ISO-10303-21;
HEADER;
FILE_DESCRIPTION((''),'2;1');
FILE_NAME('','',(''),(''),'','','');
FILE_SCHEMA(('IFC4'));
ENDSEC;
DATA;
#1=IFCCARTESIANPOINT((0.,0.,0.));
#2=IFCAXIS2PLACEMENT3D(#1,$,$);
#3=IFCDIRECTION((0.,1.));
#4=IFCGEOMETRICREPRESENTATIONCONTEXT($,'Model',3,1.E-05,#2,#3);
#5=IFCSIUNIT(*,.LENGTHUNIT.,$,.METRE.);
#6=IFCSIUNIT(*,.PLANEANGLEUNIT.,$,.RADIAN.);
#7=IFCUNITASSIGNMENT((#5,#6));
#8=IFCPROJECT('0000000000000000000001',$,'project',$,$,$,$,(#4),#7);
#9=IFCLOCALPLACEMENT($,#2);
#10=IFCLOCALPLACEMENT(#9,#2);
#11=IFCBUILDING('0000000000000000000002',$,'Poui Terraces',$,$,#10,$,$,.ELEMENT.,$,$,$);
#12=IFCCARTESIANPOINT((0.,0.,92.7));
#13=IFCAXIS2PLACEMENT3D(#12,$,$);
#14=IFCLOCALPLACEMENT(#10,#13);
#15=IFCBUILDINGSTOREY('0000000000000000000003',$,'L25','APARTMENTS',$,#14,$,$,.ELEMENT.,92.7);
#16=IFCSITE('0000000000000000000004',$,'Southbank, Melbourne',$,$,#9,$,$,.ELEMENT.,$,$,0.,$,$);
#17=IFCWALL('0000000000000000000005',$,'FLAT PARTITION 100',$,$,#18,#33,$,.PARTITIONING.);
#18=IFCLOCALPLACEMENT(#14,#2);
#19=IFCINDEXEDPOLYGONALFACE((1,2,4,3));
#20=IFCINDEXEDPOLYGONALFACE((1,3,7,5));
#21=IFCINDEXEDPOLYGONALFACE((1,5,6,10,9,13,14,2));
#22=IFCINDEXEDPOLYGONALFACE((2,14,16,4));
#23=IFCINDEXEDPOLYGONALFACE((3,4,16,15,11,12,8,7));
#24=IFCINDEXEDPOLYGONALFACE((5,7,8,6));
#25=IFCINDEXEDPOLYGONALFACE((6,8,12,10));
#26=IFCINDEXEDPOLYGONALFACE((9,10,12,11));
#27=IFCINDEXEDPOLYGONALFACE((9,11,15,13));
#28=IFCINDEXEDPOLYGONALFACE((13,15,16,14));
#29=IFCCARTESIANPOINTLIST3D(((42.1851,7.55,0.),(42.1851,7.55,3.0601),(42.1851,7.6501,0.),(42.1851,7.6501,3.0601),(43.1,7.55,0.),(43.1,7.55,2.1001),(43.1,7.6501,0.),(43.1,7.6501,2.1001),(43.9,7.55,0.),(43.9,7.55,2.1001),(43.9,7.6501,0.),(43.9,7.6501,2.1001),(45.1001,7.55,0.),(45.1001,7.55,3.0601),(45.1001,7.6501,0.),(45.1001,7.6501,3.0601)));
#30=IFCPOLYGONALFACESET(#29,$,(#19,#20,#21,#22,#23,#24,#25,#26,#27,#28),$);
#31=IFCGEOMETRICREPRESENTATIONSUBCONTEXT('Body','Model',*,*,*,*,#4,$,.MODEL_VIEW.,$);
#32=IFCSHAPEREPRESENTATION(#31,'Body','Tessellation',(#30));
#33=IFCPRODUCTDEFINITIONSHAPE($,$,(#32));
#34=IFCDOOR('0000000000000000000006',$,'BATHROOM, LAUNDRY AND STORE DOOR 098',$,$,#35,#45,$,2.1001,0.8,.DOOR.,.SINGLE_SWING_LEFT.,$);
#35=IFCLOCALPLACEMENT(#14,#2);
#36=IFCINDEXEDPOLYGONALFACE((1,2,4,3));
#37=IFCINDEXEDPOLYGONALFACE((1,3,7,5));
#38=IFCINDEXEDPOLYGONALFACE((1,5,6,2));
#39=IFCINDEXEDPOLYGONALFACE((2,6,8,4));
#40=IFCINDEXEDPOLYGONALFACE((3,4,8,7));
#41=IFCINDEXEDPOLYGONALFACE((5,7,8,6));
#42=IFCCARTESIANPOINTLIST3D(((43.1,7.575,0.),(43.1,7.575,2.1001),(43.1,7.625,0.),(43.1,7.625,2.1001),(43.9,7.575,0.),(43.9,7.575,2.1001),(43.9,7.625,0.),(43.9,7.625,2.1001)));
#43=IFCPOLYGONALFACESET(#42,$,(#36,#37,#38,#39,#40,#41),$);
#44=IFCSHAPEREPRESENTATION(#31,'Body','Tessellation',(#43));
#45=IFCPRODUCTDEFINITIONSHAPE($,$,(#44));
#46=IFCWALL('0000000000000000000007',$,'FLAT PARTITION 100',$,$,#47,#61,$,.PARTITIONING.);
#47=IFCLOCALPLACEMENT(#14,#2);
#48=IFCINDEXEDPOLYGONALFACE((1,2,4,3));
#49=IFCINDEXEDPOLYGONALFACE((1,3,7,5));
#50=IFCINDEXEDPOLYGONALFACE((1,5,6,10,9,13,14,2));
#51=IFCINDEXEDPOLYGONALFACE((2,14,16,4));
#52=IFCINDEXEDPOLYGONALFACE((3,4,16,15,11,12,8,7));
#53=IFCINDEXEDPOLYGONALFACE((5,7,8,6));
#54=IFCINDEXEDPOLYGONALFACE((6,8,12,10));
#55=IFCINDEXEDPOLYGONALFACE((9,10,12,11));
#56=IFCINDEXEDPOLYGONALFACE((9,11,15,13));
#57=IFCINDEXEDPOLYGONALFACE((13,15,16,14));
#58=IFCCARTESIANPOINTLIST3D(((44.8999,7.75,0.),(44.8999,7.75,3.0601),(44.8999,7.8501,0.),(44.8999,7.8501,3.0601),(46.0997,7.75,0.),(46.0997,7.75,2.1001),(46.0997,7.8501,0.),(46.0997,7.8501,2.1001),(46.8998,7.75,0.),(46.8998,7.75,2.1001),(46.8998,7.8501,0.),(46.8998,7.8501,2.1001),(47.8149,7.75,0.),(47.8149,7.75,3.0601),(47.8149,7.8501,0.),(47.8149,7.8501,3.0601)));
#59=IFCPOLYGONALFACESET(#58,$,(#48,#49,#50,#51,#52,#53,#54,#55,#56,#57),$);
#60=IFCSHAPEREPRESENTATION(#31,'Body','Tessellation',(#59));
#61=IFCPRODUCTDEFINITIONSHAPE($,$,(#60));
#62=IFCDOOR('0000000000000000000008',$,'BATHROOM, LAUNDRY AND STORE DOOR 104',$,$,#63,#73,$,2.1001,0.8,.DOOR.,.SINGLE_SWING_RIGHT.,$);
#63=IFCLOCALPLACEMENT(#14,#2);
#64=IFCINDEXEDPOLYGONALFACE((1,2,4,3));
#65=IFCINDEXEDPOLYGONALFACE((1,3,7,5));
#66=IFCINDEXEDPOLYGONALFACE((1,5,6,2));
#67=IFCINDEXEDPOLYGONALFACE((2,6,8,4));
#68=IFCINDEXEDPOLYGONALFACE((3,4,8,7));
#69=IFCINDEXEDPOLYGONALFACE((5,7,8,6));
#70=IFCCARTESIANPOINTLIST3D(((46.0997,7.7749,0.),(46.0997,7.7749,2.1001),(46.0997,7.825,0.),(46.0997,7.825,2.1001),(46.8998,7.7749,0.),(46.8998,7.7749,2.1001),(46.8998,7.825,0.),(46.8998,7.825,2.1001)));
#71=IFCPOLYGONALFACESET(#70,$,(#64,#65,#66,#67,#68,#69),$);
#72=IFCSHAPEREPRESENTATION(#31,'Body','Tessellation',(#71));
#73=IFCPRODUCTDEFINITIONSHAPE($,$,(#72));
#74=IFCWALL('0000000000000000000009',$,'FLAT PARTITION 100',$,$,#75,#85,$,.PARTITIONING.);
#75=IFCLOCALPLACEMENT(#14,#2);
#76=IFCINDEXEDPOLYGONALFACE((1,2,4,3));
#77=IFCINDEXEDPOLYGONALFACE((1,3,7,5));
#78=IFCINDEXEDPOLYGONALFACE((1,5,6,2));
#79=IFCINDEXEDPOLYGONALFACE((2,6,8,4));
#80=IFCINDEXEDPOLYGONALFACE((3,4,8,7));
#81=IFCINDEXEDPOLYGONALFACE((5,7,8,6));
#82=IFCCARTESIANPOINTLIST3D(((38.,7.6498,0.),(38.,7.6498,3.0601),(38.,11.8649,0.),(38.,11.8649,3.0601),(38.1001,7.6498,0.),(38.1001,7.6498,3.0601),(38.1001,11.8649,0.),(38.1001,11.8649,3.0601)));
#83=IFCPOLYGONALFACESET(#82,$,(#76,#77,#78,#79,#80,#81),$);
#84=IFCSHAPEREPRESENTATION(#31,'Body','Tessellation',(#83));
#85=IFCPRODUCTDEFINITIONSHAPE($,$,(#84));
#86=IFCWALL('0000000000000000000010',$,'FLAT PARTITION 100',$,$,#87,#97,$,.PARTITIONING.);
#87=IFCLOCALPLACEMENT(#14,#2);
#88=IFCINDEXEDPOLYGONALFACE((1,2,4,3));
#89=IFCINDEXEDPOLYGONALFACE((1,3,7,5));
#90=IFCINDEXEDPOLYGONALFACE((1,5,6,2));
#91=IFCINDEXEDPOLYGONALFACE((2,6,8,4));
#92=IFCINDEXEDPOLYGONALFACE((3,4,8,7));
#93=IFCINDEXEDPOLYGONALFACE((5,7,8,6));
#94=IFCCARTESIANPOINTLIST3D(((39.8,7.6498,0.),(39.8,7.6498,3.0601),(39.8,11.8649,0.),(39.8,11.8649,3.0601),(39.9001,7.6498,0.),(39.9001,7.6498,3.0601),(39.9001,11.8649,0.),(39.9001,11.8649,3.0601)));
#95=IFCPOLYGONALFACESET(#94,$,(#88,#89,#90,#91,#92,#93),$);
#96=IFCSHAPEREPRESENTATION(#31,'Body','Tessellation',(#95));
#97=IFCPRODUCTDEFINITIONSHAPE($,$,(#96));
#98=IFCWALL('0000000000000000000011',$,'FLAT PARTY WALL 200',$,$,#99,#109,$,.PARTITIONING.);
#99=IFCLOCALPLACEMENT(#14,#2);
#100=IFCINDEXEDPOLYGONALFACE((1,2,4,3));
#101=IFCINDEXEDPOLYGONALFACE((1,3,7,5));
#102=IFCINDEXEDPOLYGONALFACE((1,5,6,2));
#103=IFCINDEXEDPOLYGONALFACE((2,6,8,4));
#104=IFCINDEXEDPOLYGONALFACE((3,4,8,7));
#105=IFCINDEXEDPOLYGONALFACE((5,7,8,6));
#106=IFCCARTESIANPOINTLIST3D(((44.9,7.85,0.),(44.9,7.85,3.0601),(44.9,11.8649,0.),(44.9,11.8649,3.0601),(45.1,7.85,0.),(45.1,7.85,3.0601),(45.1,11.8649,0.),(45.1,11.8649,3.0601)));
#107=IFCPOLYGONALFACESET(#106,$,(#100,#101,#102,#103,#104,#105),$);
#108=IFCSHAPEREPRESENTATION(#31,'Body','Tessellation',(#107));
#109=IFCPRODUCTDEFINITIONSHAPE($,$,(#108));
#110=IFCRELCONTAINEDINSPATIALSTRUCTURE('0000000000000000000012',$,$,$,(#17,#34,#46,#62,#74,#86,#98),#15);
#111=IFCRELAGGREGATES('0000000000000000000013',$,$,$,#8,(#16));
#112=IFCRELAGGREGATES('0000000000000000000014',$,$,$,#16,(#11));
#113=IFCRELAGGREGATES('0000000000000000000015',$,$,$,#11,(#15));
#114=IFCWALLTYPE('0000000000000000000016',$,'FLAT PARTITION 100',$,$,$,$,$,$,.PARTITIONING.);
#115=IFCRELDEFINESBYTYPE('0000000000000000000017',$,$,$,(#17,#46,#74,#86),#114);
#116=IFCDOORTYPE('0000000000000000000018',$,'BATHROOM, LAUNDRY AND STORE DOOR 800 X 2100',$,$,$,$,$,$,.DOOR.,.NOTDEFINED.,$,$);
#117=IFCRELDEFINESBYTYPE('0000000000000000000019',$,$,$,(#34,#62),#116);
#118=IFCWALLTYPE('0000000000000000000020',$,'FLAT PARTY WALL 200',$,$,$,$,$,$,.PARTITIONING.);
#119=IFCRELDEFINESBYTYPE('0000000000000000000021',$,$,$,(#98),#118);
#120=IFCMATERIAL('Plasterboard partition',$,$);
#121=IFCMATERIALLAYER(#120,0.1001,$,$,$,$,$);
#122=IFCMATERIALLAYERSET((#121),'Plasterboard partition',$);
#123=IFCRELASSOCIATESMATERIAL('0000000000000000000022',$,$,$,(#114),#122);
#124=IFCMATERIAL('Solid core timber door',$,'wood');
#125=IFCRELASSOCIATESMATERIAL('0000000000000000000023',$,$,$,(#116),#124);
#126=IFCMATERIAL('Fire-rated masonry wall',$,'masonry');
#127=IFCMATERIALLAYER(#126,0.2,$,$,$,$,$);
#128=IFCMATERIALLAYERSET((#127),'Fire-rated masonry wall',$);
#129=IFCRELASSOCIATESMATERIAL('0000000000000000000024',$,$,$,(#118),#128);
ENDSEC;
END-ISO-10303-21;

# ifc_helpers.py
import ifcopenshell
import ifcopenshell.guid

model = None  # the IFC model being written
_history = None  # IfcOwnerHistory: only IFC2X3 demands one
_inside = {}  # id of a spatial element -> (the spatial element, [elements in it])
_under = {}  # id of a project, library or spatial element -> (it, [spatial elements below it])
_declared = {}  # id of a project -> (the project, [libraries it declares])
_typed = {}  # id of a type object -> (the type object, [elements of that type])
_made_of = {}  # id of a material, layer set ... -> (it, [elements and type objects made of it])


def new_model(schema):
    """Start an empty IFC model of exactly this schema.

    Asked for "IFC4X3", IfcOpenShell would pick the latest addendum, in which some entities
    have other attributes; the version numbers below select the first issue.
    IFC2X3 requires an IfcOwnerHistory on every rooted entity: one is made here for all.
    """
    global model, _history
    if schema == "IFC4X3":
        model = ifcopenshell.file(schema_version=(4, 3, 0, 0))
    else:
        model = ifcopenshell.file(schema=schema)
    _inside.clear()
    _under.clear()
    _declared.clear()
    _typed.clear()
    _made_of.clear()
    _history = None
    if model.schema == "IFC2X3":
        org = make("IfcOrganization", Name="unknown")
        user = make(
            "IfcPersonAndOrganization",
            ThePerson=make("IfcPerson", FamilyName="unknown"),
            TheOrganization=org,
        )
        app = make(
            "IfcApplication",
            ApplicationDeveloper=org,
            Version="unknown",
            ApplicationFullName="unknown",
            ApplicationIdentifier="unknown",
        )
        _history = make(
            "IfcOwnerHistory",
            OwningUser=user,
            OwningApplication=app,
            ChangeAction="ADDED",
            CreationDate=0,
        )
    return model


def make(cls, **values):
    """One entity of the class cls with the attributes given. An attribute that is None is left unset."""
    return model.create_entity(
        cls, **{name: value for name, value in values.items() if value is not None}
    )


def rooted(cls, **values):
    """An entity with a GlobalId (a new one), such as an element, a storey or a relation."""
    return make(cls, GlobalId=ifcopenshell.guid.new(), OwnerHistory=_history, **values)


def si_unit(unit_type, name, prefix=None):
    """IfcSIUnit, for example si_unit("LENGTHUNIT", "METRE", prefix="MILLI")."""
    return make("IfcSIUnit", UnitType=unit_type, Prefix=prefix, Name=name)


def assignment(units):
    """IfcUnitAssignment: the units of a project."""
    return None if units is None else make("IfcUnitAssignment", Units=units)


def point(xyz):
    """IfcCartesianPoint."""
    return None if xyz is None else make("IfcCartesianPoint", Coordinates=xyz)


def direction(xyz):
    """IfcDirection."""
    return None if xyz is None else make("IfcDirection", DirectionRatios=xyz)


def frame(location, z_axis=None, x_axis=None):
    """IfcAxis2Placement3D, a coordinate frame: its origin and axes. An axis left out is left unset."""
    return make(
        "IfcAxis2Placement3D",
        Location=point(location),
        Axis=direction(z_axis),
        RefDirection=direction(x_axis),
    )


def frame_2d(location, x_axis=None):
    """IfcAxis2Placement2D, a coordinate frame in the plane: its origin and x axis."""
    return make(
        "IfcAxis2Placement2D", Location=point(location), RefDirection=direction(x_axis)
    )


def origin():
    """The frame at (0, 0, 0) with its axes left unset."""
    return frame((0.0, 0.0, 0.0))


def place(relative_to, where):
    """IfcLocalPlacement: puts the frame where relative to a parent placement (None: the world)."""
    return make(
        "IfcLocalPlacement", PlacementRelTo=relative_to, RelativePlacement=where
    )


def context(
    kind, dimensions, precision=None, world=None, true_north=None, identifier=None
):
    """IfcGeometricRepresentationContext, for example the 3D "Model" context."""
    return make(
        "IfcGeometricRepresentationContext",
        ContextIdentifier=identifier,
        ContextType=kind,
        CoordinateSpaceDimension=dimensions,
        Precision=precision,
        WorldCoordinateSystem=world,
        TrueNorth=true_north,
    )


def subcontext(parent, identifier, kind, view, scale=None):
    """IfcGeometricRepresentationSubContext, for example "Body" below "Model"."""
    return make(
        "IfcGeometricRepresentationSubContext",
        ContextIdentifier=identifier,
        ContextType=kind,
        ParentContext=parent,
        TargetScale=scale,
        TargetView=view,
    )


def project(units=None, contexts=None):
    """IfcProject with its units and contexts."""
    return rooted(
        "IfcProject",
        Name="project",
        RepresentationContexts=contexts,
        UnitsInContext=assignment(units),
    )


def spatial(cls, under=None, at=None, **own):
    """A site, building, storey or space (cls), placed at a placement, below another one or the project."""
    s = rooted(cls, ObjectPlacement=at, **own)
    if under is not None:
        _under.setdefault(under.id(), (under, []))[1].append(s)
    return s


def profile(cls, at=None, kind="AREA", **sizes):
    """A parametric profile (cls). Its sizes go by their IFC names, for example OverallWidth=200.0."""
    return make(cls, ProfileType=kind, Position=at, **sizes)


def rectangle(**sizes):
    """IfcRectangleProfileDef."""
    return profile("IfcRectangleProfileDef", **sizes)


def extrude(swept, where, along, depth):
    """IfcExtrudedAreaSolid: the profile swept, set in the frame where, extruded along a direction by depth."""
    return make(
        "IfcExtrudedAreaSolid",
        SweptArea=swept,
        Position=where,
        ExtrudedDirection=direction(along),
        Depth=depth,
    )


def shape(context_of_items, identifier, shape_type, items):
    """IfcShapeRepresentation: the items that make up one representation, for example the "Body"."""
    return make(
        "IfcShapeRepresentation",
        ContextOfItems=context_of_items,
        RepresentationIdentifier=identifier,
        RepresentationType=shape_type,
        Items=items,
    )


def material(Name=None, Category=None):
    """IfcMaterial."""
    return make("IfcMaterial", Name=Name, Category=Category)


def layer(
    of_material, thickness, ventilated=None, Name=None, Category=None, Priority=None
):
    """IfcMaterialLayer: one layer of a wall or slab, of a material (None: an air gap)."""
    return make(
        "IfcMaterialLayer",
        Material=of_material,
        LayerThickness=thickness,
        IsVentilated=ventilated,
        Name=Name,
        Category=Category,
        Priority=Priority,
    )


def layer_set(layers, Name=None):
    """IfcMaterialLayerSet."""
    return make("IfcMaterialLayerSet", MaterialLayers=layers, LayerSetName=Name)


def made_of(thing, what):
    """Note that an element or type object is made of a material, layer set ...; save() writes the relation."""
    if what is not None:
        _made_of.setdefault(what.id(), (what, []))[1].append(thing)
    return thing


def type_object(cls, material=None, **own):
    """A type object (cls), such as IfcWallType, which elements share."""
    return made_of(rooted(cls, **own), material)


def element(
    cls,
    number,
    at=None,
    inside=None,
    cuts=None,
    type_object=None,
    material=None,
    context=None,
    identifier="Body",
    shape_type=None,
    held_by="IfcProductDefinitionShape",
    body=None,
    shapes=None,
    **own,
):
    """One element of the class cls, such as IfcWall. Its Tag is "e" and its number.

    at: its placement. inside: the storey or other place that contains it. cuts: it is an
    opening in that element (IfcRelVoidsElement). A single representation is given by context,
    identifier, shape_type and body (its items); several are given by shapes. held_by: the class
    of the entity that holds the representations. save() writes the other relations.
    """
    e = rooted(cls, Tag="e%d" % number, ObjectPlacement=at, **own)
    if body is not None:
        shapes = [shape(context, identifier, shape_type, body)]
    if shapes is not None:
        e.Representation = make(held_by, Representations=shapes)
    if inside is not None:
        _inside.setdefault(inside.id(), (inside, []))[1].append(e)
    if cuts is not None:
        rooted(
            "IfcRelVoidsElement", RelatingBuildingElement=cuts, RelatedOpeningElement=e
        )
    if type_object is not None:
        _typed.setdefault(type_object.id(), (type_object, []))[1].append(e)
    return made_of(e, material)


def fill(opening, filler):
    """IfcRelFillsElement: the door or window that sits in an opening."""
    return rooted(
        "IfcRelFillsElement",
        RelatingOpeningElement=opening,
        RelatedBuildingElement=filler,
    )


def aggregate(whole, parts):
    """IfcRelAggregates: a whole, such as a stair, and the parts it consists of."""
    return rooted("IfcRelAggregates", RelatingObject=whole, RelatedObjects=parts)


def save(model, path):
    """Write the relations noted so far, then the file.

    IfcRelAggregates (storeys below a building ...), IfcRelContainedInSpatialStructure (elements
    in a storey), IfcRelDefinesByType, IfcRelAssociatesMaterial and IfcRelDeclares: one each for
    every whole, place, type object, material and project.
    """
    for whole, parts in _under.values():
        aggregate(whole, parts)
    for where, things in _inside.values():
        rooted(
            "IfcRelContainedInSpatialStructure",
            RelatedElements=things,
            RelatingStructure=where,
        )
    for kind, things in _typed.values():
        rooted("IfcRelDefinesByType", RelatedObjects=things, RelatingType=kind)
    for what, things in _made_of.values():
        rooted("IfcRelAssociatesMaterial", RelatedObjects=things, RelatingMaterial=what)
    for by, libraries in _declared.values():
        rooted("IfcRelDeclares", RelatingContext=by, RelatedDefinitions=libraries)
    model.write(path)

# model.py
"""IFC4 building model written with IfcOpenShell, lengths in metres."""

from ifc_helpers import new_model, si_unit, direction, frame, frame_2d, origin, place, context, subcontext, project, spatial, rectangle, extrude, material, layer, layer_set, type_object, element, fill, save


model = new_model("IFC4")

# Units and contexts
model_context = context("Model", 3, precision=1e-05, world=origin(), true_north=direction((0.0, 1.0)))
body_context = subcontext(model_context, "Body", "Model", "MODEL_VIEW")
ifc_project = project(units=[si_unit("LENGTHUNIT", "METRE"), si_unit("PLANEANGLEUNIT", "RADIAN")], contexts=[model_context])

# Site, building, storey
site_placement = place(None, origin())
site = spatial("IfcSite", under=ifc_project, at=site_placement, Name="Southbank, Melbourne", CompositionType="ELEMENT", RefElevation=0.0)
building_placement = place(site_placement, origin())
building = spatial("IfcBuilding", under=site, at=building_placement, Name="Poui Terraces", CompositionType="ELEMENT")
storey_placement = place(building_placement, frame((0.0, 0.0, 92.7)))
storey = spatial("IfcBuildingStorey", under=building, at=storey_placement, Name="L25", Description="APARTMENTS", CompositionType="ELEMENT", Elevation=92.7)

# Walls, openings, doors
ifc_material_1 = material(Name="Plasterboard partition")
ifc_layer_1 = layer(ifc_material_1, 0.1001)
ifc_layer_set_1 = layer_set([ifc_layer_1], Name="Plasterboard partition")
wall_type_1 = type_object("IfcWallType", Name="FLAT PARTITION 100", PredefinedType="PARTITIONING", material=ifc_layer_set_1)
ifc_material_2 = material(Name="Solid core timber door", Category="wood")
door_type_1 = type_object("IfcDoorType", Name="BATHROOM, LAUNDRY AND STORE DOOR 800 X 2100", OperationType="NOTDEFINED", PredefinedType="DOOR", material=ifc_material_2)
wall_1_placement = place(storey_placement, frame((42.1851, 7.6001, 0.0), z_axis=(0.0, 0.0, 1.0), x_axis=(1.0, 0.0, 0.0)))
wall_1 = element("IfcWall", 1, at=wall_1_placement, inside=storey, type_object=wall_type_1, Name="FLAT PARTITION 100", PredefinedType="PARTITIONING", context=body_context, shape_type="SweptSolid", body=[
    extrude(rectangle(XDim=2.915, YDim=0.1001, at=frame_2d((1.4575, 0.0))), origin(), (0.0, 0.0, 1.0), 3.0601),
])
opening_1_placement = place(wall_1_placement, frame((0.915, 0.0, 0.0)))
opening_1 = element("IfcOpeningElement", 2, at=opening_1_placement, cuts=wall_1, PredefinedType="OPENING", context=body_context, shape_type="SweptSolid", body=[
    extrude(rectangle(XDim=0.8, YDim=2.1001, at=frame_2d((0.3999, 1.05))), frame((0.0, 0.0601, 0.0), z_axis=(0.0, -1.0, 0.0), x_axis=(1.0, 0.0, 0.0)), (0.0, 0.0, 1.0), 0.1201),
])
door_1_placement = place(opening_1_placement, origin())
door_1 = element("IfcDoor", 3, at=door_1_placement, inside=storey, type_object=door_type_1, Name="BATHROOM, LAUNDRY AND STORE DOOR 098", OperationType="SINGLE_SWING_LEFT", OverallHeight=2.1001, OverallWidth=0.8, PredefinedType="DOOR", context=body_context, shape_type="SweptSolid", body=[
    extrude(rectangle(XDim=0.8, YDim=2.1001, at=frame_2d((0.3999, 1.05))), frame((0.0, 0.0249, 0.0), z_axis=(0.0, -1.0, 0.0), x_axis=(1.0, 0.0, 0.0)), (0.0, 0.0, 1.0), 0.05),
])
fill(opening_1, door_1)
wall_2_placement = place(storey_placement, frame((44.8999, 7.8, 0.0), z_axis=(0.0, 0.0, 1.0), x_axis=(1.0, 0.0, 0.0)))
wall_2 = element("IfcWall", 4, at=wall_2_placement, inside=storey, type_object=wall_type_1, Name="FLAT PARTITION 100", PredefinedType="PARTITIONING", context=body_context, shape_type="SweptSolid", body=[
    extrude(rectangle(XDim=2.915, YDim=0.1001, at=frame_2d((1.4575, 0.0))), origin(), (0.0, 0.0, 1.0), 3.0601),
])
opening_2_placement = place(wall_2_placement, frame((1.2, 0.0, 0.0)))
opening_2 = element("IfcOpeningElement", 5, at=opening_2_placement, cuts=wall_2, PredefinedType="OPENING", context=body_context, shape_type="SweptSolid", body=[
    extrude(rectangle(XDim=0.8, YDim=2.1001, at=frame_2d((0.3999, 1.05))), frame((0.0, 0.0601, 0.0), z_axis=(0.0, -1.0, 0.0), x_axis=(1.0, 0.0, 0.0)), (0.0, 0.0, 1.0), 0.1201),
])
door_2_placement = place(opening_2_placement, origin())
door_2 = element("IfcDoor", 6, at=door_2_placement, inside=storey, type_object=door_type_1, Name="BATHROOM, LAUNDRY AND STORE DOOR 104", OperationType="SINGLE_SWING_RIGHT", OverallHeight=2.1001, OverallWidth=0.8, PredefinedType="DOOR", context=body_context, shape_type="SweptSolid", body=[
    extrude(rectangle(XDim=0.8, YDim=2.1001, at=frame_2d((0.3999, 1.05))), frame((0.0, 0.0249, 0.0), z_axis=(0.0, -1.0, 0.0), x_axis=(1.0, 0.0, 0.0)), (0.0, 0.0, 1.0), 0.05),
])
fill(opening_2, door_2)

# Walls
for number, where, z_axis, x_axis, name in (
    (7, (38.05, 7.6499, 0.0), (0.0, 0.0, 1.0), (0.0, 1.0, 0.0), "FLAT PARTITION 100"),
    (8, (39.8501, 7.6499, 0.0), (0.0, 0.0, 1.0), (0.0, 1.0, 0.0), "FLAT PARTITION 100"),
):
    element("IfcWall", number, at=place(storey_placement, frame(where, z_axis=z_axis, x_axis=x_axis)), inside=storey, type_object=wall_type_1, Name=name, PredefinedType="PARTITIONING", context=body_context, shape_type="SweptSolid", body=[
        extrude(rectangle(XDim=4.2151, YDim=0.1001, at=frame_2d((2.1074, 0.0))), origin(), (0.0, 0.0, 1.0), 3.0601),
    ])
ifc_material_3 = material(Name="Fire-rated masonry wall", Category="masonry")
ifc_layer_2 = layer(ifc_material_3, 0.2)
ifc_layer_set_2 = layer_set([ifc_layer_2], Name="Fire-rated masonry wall")
wall_type_2 = type_object("IfcWallType", Name="FLAT PARTY WALL 200", PredefinedType="PARTITIONING", material=ifc_layer_set_2)
wall_3_placement = place(storey_placement, frame((45.0, 7.8501, 0.0), z_axis=(0.0, 0.0, 1.0), x_axis=(0.0, 1.0, 0.0)))
element("IfcWall", 9, at=wall_3_placement, inside=storey, type_object=wall_type_2, Name="FLAT PARTY WALL 200", PredefinedType="PARTITIONING", context=body_context, shape_type="SweptSolid", body=[
    extrude(rectangle(XDim=4.0149, YDim=0.2, at=frame_2d((2.0073, 0.0))), origin(), (0.0, 0.0, 1.0), 3.0601),
])

save(model, "model.ifc")
